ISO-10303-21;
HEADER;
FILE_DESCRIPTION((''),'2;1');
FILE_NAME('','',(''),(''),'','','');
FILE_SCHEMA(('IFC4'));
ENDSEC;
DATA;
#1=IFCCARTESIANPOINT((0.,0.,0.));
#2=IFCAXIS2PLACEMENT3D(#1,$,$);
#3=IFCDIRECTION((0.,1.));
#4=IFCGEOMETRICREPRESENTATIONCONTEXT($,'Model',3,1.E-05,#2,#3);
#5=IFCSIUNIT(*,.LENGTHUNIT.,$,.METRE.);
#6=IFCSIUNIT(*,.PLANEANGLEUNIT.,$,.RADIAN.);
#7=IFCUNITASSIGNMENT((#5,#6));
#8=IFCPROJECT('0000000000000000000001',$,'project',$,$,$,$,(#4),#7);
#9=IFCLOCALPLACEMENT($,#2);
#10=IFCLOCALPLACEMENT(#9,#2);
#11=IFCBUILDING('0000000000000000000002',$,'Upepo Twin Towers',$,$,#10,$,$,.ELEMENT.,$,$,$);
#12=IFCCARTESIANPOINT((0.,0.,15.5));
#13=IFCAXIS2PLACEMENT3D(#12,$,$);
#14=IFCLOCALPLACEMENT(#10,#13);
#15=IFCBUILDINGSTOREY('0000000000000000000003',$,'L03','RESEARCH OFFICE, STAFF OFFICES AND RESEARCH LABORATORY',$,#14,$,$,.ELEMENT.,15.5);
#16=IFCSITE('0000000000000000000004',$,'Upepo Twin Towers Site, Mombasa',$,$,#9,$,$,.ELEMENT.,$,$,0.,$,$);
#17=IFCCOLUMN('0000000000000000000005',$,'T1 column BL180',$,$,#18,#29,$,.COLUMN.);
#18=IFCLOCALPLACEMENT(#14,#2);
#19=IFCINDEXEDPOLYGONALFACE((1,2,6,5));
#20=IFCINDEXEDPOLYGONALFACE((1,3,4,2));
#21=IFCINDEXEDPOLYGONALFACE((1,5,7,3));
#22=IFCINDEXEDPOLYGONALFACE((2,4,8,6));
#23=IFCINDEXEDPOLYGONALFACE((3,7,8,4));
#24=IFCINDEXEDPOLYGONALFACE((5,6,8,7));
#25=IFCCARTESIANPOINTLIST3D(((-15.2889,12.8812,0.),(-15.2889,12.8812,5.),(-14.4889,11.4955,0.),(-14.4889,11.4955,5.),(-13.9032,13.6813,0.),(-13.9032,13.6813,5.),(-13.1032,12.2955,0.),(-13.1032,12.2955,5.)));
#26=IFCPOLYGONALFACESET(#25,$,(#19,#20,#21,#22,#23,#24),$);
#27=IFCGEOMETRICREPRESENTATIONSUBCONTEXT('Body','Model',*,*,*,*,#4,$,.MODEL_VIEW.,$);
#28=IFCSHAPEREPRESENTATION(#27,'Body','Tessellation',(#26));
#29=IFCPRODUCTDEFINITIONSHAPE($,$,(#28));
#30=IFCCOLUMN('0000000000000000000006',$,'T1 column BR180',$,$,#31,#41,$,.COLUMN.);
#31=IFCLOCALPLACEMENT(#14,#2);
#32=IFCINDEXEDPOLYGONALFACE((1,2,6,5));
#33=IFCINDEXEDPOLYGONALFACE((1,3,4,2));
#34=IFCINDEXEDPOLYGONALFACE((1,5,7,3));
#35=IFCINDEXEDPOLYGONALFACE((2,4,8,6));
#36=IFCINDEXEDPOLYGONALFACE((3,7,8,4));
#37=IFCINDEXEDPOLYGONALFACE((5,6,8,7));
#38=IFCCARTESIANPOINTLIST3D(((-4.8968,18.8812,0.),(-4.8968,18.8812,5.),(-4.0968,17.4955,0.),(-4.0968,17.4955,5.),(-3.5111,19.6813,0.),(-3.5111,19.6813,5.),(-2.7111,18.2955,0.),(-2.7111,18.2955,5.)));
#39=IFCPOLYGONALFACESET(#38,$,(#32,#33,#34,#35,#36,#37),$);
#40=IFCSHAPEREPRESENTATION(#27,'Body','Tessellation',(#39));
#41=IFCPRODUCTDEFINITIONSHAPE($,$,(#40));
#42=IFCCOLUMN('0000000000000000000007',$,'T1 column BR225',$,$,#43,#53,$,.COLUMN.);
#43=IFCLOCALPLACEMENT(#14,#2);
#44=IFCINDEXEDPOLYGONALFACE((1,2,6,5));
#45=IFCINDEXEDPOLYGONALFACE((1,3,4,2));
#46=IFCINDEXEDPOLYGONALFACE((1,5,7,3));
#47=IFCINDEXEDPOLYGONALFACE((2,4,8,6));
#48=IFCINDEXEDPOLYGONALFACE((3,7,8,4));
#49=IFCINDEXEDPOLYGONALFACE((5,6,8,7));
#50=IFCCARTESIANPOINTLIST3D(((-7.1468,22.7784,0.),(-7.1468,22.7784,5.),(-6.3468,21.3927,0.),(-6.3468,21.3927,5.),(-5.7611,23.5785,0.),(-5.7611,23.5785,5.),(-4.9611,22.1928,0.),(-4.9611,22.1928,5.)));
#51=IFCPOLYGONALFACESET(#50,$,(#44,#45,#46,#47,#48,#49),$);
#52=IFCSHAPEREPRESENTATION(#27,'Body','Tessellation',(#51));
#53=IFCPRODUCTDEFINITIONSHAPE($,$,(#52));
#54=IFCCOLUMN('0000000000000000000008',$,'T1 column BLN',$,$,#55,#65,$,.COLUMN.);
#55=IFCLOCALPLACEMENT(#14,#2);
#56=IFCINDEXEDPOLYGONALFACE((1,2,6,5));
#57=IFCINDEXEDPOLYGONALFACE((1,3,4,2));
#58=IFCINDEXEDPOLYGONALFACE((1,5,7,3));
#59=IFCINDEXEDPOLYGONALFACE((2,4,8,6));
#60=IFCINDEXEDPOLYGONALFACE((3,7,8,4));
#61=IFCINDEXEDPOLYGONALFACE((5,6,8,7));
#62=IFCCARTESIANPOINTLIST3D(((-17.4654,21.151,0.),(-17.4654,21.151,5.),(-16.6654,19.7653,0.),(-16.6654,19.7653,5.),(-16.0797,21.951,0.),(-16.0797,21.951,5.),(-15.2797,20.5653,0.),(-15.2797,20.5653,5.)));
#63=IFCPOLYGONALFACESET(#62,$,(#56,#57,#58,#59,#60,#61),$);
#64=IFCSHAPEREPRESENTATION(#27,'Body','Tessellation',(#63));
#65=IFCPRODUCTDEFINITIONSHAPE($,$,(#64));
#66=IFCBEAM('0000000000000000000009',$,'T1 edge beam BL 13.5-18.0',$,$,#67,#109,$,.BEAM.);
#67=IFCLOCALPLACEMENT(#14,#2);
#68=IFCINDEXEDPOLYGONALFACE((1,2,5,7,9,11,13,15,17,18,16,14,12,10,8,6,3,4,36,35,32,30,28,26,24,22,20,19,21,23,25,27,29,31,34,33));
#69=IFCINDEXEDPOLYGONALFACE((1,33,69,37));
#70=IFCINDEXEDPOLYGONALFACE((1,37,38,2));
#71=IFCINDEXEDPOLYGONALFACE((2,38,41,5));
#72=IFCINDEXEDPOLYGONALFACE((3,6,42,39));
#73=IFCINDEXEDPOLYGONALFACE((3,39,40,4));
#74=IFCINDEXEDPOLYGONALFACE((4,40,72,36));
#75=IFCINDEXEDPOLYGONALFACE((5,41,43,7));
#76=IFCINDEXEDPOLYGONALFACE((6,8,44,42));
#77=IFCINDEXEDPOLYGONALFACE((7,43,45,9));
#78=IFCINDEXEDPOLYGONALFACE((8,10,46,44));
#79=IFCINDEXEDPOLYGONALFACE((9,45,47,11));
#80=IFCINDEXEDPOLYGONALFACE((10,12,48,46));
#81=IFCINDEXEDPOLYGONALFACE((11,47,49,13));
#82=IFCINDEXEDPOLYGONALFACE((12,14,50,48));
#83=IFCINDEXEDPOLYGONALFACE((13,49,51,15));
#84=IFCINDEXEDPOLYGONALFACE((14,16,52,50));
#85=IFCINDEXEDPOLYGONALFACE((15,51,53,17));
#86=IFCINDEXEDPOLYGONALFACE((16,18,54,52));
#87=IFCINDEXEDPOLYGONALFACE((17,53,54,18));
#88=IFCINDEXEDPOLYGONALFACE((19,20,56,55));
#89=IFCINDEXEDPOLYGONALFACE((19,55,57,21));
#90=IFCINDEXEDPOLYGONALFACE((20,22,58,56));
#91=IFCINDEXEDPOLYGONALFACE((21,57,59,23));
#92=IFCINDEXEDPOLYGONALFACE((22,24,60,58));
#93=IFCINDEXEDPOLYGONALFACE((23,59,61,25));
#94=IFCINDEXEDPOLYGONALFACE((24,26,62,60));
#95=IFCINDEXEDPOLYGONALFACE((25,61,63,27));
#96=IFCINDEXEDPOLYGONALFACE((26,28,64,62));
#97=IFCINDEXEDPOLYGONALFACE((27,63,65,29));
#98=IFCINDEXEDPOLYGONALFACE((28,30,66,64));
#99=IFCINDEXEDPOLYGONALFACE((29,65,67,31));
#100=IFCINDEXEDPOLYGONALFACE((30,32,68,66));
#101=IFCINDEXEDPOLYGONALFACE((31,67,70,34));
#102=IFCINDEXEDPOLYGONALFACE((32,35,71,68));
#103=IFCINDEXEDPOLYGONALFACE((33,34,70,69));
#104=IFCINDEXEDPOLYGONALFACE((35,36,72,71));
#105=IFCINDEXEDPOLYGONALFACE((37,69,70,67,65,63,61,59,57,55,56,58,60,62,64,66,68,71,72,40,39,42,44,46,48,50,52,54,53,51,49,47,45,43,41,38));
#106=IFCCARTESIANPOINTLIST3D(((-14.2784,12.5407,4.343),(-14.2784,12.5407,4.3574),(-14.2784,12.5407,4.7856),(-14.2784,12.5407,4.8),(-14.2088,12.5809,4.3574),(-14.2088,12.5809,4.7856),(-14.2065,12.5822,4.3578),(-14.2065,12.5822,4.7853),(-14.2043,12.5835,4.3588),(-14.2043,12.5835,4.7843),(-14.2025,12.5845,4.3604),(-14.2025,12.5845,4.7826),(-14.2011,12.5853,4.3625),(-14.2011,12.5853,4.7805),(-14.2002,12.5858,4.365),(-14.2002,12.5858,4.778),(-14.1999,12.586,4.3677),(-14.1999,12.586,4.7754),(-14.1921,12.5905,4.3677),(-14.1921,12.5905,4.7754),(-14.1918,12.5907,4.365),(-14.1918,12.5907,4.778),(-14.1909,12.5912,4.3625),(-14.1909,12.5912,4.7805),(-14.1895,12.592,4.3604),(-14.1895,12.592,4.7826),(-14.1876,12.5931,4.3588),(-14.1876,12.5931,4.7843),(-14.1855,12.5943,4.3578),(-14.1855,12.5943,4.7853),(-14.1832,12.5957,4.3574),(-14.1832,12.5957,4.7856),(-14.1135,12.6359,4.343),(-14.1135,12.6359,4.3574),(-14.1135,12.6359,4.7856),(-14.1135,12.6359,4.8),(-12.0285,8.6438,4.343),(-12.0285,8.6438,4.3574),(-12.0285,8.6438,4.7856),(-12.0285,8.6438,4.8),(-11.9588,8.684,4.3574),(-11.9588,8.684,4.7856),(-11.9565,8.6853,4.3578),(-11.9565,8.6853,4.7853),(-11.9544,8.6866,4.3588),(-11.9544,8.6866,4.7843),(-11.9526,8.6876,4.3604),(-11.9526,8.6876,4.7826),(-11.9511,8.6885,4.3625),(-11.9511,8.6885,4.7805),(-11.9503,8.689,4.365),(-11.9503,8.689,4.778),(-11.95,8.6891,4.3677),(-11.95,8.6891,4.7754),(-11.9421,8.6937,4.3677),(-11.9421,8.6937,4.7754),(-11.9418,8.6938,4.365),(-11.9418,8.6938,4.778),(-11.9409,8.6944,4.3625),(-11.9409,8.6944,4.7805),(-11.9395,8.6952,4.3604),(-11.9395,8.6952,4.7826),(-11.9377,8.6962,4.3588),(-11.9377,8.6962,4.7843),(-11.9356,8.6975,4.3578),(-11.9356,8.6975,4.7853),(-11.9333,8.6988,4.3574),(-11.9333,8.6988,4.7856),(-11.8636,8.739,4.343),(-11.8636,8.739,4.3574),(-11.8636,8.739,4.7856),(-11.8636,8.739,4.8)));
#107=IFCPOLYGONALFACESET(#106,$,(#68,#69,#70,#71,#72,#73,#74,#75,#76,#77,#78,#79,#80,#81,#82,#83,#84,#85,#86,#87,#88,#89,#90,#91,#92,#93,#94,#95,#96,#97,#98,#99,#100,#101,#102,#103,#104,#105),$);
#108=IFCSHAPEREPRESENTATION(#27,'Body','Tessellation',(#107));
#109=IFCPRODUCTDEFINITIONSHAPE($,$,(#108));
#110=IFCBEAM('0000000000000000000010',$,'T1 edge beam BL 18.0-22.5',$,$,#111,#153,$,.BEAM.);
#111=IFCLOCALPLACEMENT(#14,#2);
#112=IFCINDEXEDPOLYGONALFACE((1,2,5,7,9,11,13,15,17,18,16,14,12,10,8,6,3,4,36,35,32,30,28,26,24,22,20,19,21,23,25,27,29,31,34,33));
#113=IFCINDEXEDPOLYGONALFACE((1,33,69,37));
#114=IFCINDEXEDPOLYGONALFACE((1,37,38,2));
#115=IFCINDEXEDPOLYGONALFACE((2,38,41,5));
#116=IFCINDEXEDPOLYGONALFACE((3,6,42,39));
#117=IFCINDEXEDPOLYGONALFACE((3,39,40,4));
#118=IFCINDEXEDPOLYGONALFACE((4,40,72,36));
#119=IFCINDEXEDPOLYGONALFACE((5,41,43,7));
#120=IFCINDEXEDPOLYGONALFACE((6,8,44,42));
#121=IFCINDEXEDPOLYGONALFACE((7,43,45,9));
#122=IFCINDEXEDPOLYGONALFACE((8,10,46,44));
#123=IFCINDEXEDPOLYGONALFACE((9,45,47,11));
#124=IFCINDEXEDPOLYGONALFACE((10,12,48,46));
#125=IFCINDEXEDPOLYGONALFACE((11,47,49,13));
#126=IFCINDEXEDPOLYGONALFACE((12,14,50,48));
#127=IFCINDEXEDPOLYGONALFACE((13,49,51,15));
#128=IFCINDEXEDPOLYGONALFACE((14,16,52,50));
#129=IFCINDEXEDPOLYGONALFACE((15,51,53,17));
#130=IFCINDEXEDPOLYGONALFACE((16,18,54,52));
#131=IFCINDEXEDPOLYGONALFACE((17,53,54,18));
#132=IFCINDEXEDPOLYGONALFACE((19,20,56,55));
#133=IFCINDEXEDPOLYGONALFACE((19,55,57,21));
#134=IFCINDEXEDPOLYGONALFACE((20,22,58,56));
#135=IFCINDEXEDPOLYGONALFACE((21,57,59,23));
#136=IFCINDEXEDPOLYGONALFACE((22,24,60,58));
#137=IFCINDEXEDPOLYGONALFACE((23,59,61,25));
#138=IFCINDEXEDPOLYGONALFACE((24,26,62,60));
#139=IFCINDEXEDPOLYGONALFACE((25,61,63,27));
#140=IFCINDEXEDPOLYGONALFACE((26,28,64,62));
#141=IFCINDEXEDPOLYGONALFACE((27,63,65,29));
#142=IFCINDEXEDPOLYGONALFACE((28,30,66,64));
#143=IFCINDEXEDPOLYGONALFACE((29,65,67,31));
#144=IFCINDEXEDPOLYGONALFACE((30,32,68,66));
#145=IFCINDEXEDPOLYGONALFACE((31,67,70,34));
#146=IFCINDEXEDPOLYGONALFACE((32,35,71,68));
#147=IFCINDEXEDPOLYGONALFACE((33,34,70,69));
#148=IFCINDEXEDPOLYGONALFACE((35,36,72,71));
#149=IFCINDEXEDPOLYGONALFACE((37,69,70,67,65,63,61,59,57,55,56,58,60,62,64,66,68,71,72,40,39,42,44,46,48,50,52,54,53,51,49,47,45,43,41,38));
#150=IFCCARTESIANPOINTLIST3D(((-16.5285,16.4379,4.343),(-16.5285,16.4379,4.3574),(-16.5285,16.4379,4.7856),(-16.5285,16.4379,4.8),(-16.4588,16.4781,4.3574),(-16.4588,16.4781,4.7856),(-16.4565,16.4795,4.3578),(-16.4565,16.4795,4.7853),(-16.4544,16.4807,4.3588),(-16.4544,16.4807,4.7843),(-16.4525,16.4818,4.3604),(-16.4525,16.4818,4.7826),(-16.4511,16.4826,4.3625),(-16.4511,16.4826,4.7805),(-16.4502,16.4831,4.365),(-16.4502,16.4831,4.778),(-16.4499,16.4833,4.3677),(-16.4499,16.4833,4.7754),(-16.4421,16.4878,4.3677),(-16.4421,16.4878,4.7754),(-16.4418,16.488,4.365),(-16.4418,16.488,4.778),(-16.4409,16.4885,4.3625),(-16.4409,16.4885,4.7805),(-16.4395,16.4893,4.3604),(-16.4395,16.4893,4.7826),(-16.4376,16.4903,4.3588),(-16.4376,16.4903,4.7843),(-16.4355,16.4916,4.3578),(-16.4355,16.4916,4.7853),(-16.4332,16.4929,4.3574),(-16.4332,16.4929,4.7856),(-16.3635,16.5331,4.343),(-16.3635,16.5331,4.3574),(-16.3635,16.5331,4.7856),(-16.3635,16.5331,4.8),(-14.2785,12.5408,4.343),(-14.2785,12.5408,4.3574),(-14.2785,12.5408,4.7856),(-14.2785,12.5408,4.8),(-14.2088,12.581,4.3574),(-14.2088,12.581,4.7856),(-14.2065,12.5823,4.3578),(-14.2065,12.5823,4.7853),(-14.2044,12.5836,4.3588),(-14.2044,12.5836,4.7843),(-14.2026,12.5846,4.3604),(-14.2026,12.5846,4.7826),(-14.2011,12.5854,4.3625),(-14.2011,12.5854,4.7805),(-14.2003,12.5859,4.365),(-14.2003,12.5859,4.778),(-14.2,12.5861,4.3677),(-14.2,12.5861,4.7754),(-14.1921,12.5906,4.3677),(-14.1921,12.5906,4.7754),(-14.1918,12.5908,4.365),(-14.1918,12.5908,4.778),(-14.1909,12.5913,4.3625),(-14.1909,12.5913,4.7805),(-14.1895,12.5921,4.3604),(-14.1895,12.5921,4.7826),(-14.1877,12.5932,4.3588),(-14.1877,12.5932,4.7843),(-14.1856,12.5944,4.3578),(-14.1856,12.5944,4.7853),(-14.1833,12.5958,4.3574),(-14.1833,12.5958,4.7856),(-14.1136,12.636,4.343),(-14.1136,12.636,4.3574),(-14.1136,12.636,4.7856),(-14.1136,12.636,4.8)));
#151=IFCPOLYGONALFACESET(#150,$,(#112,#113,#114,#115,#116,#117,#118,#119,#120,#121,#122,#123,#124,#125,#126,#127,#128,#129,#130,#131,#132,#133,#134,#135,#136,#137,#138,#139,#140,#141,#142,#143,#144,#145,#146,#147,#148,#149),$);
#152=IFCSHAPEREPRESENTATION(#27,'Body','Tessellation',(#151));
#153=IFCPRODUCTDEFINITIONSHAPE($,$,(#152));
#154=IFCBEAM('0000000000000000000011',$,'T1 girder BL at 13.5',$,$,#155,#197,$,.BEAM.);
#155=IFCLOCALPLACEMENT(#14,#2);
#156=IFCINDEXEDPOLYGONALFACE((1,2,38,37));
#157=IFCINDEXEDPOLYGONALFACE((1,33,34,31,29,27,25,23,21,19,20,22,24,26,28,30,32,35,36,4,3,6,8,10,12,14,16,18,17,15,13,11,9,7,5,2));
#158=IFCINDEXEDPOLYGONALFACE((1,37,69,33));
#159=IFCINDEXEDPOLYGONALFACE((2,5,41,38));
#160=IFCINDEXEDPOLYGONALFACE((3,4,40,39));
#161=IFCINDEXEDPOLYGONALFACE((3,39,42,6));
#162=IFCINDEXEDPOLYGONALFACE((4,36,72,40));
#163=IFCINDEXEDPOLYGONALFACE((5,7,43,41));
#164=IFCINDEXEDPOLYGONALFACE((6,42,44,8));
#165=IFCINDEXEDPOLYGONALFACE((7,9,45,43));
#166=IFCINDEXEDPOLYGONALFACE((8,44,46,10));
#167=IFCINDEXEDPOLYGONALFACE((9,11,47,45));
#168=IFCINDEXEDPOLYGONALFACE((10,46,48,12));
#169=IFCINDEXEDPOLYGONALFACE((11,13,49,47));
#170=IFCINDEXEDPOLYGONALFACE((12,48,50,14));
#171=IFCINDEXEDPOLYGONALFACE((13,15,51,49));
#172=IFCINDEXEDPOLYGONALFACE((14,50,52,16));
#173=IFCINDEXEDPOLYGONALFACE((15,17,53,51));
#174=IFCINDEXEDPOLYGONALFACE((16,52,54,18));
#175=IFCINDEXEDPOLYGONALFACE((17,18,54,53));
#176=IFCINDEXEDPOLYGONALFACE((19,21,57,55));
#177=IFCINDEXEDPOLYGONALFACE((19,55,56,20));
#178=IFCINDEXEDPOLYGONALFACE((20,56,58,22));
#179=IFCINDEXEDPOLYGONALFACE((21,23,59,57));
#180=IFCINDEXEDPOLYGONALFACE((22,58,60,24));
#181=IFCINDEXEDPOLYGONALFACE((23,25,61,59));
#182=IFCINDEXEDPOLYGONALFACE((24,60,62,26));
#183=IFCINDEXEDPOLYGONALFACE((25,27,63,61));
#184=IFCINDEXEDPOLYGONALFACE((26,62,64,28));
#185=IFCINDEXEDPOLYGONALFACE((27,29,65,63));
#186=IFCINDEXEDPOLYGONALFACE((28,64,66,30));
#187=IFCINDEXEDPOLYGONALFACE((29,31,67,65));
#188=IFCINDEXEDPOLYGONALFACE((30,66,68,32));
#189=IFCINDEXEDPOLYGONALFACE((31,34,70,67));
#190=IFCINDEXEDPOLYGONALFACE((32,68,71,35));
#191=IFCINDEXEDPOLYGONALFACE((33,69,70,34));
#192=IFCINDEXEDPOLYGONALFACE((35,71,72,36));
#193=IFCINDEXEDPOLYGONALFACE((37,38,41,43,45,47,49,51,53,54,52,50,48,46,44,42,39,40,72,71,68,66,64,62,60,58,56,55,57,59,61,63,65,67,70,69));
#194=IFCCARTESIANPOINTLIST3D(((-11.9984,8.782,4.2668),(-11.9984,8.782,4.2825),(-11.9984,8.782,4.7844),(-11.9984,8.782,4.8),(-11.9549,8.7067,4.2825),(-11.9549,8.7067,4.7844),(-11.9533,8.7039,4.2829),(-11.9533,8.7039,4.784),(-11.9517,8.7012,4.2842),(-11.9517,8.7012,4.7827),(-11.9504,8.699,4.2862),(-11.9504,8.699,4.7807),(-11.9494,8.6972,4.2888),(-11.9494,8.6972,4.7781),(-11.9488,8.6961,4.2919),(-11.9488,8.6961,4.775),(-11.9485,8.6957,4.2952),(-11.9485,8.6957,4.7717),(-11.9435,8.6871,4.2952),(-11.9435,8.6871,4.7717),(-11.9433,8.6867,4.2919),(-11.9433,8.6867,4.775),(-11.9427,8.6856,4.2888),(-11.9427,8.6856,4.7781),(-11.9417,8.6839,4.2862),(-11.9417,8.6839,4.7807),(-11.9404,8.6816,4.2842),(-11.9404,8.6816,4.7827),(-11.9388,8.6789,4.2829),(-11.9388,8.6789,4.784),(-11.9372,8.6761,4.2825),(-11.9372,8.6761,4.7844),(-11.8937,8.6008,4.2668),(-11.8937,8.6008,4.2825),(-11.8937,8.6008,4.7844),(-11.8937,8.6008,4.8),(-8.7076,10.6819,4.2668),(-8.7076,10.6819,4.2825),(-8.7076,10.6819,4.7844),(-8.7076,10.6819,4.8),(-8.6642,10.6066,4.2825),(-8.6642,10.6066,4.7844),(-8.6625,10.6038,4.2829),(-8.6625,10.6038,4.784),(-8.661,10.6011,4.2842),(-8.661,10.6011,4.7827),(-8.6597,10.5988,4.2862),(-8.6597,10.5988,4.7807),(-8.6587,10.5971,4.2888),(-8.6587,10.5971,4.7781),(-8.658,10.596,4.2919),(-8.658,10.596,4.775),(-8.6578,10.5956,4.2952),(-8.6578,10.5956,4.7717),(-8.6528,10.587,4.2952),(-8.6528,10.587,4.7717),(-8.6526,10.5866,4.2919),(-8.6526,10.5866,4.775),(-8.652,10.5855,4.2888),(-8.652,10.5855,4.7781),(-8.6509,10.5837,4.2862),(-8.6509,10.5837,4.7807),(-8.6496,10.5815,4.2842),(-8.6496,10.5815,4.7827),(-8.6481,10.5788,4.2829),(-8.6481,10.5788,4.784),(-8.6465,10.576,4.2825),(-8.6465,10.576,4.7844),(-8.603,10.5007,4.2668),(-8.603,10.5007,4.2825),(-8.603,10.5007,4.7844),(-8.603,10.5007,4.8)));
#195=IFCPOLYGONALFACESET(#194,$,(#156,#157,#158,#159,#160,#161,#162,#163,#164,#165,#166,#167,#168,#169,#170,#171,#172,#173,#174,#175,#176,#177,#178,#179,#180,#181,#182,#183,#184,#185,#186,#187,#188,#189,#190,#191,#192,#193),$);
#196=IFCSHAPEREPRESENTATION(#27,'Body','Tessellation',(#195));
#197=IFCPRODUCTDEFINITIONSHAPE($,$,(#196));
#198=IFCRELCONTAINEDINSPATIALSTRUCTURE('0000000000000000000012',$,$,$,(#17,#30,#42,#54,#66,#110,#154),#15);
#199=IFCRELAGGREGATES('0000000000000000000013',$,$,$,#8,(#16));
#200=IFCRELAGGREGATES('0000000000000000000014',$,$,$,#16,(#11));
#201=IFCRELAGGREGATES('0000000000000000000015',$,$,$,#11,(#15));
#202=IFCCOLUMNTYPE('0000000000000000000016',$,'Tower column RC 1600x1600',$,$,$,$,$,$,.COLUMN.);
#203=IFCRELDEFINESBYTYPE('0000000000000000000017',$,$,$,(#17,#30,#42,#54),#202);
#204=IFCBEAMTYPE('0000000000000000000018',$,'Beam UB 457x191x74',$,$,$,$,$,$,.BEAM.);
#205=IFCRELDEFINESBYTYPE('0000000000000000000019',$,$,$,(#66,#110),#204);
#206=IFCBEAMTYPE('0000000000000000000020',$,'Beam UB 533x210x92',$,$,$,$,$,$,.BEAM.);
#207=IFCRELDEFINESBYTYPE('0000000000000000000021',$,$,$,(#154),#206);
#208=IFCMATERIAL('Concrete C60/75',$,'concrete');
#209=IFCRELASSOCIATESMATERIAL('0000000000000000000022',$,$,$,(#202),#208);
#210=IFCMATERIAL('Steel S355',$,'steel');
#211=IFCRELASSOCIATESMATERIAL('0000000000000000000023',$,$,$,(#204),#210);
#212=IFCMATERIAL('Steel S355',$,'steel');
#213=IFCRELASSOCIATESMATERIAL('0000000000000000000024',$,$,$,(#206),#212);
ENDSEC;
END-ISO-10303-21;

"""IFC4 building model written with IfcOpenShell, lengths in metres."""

from ifc_helpers import new_model, si_unit, direction, frame, origin, origin_2d, place, context, subcontext, project, spatial, rectangle, i_section, extrude, material, material_profile, profile_set, type_object, element, save


model = new_model("IFC4")

# Units and contexts
model_context = context("Model", 3, precision=1e-05, world=origin(), true_north=direction((0.0, 1.0)))
body_context = subcontext(model_context, "Body", "Model", "MODEL_VIEW")
ifc_project = project(units=[si_unit("LENGTHUNIT", "METRE"), si_unit("PLANEANGLEUNIT", "RADIAN")], contexts=[model_context])

# Site, building, storey
site_placement = place(None, origin())
site = spatial("IfcSite", under=ifc_project, at=site_placement, Name="Upepo Twin Towers Site, Mombasa", CompositionType="ELEMENT", RefElevation=0.0)
building_placement = place(site_placement, origin())
building = spatial("IfcBuilding", under=site, at=building_placement, Name="Upepo Twin Towers", CompositionType="ELEMENT")
storey_placement = place(building_placement, frame((0.0, 0.0, 15.5)))
storey = spatial("IfcBuildingStorey", under=building, at=storey_placement, Name="L03", Description="RESEARCH OFFICE, STAFF OFFICES AND RESEARCH LABORATORY", CompositionType="ELEMENT", Elevation=15.5)

# Columns
ifc_material_1 = material(Name="Concrete C60/75", Category="concrete")
ifc_material_profile_1 = material_profile(ifc_material_1, rectangle(XDim=1.6001, YDim=1.6001, at=origin_2d()), Name="RC 1600x1600")
ifc_profile_set_1 = profile_set([ifc_material_profile_1], Name="Concrete C60/75")
column_type = type_object("IfcColumnType", Name="Tower column RC 1600x1600", PredefinedType="COLUMN", material=ifc_profile_set_1)
for number, where, z_axis, x_axis, name in (
    (1, (-14.196, 12.5884, 0.0), (0.0, 0.0, 1.0), (0.866025, 0.5, 0.0), "T1 column BL180"),
    (2, (-3.804, 18.5884, 0.0), (0.0, 0.0, 1.0), (0.866025, 0.5, 0.0), "T1 column BR180"),
    (3, (-6.054, 22.4856, 0.0), (0.0, 0.0, 1.0), (0.866025, 0.5, 0.0), "T1 column BR225"),
    (4, (-16.3726, 20.8582, 0.0), (0.0, 0.0, 1.0), (0.866025, 0.5, 0.0), "T1 column BLN"),
):
    element("IfcColumn", number, at=place(storey_placement, frame(where, z_axis=z_axis, x_axis=x_axis)), inside=storey, type_object=column_type, Name=name, PredefinedType="COLUMN", context=body_context, shape_type="SweptSolid", body=[
        extrude(rectangle(XDim=1.6001, YDim=1.6001, at=origin_2d()), origin(), (0.0, 0.0, 1.0), 5.0),
    ])

# Beams
ifc_material_2 = material(Name="Steel S355", Category="steel")
ifc_material_profile_2 = material_profile(ifc_material_2, i_section(OverallWidth=0.1904, OverallDepth=0.457, WebThickness=0.009, FlangeThickness=0.0144, FilletRadius=0.0103, at=origin_2d()), Name="UB 457x191x74")
ifc_profile_set_2 = profile_set([ifc_material_profile_2], Name="Steel S355")
beam_type_1 = type_object("IfcBeamType", Name="Beam UB 457x191x74", PredefinedType="BEAM", material=ifc_profile_set_2)
beam_1_placement = place(storey_placement, frame((-11.946, 8.6914, 4.5715), z_axis=(-0.500014, 0.866018, 0.0), x_axis=(-0.866018, -0.500014, 0.0)))
element("IfcBeam", 5, at=beam_1_placement, inside=storey, type_object=beam_type_1, Name="T1 edge beam BL 13.5-18.0", PredefinedType="BEAM", context=body_context, shape_type="SweptSolid", body=[
    extrude(i_section(OverallWidth=0.1904, OverallDepth=0.457, WebThickness=0.009, FlangeThickness=0.0144, FilletRadius=0.0103, at=origin_2d()), origin(), (0.0, 0.0, 1.0), 4.4998),
])
beam_2_placement = place(storey_placement, frame((-14.196, 12.5884, 4.5715), z_axis=(-0.49999, 0.866031, 0.0), x_axis=(-0.866031, -0.49999, 0.0)))
element("IfcBeam", 6, at=beam_2_placement, inside=storey, type_object=beam_type_1, Name="T1 edge beam BL 18.0-22.5", PredefinedType="BEAM", context=body_context, shape_type="SweptSolid", body=[
    extrude(i_section(OverallWidth=0.1904, OverallDepth=0.457, WebThickness=0.009, FlangeThickness=0.0144, FilletRadius=0.0103, at=origin_2d()), origin(), (0.0, 0.0, 1.0), 4.5),
])
ifc_material_3 = material(Name="Steel S355", Category="steel")
ifc_material_profile_3 = material_profile(ifc_material_3, i_section(OverallWidth=0.2092, OverallDepth=0.5332, WebThickness=0.01, FlangeThickness=0.0156, FilletRadius=0.0127, at=origin_2d()), Name="UB 533x210x92")
ifc_profile_set_3 = profile_set([ifc_material_profile_3], Name="Steel S355")
beam_type_2 = type_object("IfcBeamType", Name="Beam UB 533x210x92", PredefinedType="BEAM", material=ifc_profile_set_3)
beam_3_placement = place(storey_placement, frame((-11.946, 8.6914, 4.5334), z_axis=(0.866028, 0.499995, 0.0), x_axis=(-0.499995, 0.866028, 0.0)))
element("IfcBeam", 7, at=beam_3_placement, inside=storey, type_object=beam_type_2, Name="T1 girder BL at 13.5", PredefinedType="BEAM", context=body_context, shape_type="SweptSolid", body=[
    extrude(i_section(OverallWidth=0.2092, OverallDepth=0.5332, WebThickness=0.01, FlangeThickness=0.0156, FilletRadius=0.0127, at=origin_2d()), origin(), (0.0, 0.0, 1.0), 3.7998),
])

save(model, "model.ifc")
